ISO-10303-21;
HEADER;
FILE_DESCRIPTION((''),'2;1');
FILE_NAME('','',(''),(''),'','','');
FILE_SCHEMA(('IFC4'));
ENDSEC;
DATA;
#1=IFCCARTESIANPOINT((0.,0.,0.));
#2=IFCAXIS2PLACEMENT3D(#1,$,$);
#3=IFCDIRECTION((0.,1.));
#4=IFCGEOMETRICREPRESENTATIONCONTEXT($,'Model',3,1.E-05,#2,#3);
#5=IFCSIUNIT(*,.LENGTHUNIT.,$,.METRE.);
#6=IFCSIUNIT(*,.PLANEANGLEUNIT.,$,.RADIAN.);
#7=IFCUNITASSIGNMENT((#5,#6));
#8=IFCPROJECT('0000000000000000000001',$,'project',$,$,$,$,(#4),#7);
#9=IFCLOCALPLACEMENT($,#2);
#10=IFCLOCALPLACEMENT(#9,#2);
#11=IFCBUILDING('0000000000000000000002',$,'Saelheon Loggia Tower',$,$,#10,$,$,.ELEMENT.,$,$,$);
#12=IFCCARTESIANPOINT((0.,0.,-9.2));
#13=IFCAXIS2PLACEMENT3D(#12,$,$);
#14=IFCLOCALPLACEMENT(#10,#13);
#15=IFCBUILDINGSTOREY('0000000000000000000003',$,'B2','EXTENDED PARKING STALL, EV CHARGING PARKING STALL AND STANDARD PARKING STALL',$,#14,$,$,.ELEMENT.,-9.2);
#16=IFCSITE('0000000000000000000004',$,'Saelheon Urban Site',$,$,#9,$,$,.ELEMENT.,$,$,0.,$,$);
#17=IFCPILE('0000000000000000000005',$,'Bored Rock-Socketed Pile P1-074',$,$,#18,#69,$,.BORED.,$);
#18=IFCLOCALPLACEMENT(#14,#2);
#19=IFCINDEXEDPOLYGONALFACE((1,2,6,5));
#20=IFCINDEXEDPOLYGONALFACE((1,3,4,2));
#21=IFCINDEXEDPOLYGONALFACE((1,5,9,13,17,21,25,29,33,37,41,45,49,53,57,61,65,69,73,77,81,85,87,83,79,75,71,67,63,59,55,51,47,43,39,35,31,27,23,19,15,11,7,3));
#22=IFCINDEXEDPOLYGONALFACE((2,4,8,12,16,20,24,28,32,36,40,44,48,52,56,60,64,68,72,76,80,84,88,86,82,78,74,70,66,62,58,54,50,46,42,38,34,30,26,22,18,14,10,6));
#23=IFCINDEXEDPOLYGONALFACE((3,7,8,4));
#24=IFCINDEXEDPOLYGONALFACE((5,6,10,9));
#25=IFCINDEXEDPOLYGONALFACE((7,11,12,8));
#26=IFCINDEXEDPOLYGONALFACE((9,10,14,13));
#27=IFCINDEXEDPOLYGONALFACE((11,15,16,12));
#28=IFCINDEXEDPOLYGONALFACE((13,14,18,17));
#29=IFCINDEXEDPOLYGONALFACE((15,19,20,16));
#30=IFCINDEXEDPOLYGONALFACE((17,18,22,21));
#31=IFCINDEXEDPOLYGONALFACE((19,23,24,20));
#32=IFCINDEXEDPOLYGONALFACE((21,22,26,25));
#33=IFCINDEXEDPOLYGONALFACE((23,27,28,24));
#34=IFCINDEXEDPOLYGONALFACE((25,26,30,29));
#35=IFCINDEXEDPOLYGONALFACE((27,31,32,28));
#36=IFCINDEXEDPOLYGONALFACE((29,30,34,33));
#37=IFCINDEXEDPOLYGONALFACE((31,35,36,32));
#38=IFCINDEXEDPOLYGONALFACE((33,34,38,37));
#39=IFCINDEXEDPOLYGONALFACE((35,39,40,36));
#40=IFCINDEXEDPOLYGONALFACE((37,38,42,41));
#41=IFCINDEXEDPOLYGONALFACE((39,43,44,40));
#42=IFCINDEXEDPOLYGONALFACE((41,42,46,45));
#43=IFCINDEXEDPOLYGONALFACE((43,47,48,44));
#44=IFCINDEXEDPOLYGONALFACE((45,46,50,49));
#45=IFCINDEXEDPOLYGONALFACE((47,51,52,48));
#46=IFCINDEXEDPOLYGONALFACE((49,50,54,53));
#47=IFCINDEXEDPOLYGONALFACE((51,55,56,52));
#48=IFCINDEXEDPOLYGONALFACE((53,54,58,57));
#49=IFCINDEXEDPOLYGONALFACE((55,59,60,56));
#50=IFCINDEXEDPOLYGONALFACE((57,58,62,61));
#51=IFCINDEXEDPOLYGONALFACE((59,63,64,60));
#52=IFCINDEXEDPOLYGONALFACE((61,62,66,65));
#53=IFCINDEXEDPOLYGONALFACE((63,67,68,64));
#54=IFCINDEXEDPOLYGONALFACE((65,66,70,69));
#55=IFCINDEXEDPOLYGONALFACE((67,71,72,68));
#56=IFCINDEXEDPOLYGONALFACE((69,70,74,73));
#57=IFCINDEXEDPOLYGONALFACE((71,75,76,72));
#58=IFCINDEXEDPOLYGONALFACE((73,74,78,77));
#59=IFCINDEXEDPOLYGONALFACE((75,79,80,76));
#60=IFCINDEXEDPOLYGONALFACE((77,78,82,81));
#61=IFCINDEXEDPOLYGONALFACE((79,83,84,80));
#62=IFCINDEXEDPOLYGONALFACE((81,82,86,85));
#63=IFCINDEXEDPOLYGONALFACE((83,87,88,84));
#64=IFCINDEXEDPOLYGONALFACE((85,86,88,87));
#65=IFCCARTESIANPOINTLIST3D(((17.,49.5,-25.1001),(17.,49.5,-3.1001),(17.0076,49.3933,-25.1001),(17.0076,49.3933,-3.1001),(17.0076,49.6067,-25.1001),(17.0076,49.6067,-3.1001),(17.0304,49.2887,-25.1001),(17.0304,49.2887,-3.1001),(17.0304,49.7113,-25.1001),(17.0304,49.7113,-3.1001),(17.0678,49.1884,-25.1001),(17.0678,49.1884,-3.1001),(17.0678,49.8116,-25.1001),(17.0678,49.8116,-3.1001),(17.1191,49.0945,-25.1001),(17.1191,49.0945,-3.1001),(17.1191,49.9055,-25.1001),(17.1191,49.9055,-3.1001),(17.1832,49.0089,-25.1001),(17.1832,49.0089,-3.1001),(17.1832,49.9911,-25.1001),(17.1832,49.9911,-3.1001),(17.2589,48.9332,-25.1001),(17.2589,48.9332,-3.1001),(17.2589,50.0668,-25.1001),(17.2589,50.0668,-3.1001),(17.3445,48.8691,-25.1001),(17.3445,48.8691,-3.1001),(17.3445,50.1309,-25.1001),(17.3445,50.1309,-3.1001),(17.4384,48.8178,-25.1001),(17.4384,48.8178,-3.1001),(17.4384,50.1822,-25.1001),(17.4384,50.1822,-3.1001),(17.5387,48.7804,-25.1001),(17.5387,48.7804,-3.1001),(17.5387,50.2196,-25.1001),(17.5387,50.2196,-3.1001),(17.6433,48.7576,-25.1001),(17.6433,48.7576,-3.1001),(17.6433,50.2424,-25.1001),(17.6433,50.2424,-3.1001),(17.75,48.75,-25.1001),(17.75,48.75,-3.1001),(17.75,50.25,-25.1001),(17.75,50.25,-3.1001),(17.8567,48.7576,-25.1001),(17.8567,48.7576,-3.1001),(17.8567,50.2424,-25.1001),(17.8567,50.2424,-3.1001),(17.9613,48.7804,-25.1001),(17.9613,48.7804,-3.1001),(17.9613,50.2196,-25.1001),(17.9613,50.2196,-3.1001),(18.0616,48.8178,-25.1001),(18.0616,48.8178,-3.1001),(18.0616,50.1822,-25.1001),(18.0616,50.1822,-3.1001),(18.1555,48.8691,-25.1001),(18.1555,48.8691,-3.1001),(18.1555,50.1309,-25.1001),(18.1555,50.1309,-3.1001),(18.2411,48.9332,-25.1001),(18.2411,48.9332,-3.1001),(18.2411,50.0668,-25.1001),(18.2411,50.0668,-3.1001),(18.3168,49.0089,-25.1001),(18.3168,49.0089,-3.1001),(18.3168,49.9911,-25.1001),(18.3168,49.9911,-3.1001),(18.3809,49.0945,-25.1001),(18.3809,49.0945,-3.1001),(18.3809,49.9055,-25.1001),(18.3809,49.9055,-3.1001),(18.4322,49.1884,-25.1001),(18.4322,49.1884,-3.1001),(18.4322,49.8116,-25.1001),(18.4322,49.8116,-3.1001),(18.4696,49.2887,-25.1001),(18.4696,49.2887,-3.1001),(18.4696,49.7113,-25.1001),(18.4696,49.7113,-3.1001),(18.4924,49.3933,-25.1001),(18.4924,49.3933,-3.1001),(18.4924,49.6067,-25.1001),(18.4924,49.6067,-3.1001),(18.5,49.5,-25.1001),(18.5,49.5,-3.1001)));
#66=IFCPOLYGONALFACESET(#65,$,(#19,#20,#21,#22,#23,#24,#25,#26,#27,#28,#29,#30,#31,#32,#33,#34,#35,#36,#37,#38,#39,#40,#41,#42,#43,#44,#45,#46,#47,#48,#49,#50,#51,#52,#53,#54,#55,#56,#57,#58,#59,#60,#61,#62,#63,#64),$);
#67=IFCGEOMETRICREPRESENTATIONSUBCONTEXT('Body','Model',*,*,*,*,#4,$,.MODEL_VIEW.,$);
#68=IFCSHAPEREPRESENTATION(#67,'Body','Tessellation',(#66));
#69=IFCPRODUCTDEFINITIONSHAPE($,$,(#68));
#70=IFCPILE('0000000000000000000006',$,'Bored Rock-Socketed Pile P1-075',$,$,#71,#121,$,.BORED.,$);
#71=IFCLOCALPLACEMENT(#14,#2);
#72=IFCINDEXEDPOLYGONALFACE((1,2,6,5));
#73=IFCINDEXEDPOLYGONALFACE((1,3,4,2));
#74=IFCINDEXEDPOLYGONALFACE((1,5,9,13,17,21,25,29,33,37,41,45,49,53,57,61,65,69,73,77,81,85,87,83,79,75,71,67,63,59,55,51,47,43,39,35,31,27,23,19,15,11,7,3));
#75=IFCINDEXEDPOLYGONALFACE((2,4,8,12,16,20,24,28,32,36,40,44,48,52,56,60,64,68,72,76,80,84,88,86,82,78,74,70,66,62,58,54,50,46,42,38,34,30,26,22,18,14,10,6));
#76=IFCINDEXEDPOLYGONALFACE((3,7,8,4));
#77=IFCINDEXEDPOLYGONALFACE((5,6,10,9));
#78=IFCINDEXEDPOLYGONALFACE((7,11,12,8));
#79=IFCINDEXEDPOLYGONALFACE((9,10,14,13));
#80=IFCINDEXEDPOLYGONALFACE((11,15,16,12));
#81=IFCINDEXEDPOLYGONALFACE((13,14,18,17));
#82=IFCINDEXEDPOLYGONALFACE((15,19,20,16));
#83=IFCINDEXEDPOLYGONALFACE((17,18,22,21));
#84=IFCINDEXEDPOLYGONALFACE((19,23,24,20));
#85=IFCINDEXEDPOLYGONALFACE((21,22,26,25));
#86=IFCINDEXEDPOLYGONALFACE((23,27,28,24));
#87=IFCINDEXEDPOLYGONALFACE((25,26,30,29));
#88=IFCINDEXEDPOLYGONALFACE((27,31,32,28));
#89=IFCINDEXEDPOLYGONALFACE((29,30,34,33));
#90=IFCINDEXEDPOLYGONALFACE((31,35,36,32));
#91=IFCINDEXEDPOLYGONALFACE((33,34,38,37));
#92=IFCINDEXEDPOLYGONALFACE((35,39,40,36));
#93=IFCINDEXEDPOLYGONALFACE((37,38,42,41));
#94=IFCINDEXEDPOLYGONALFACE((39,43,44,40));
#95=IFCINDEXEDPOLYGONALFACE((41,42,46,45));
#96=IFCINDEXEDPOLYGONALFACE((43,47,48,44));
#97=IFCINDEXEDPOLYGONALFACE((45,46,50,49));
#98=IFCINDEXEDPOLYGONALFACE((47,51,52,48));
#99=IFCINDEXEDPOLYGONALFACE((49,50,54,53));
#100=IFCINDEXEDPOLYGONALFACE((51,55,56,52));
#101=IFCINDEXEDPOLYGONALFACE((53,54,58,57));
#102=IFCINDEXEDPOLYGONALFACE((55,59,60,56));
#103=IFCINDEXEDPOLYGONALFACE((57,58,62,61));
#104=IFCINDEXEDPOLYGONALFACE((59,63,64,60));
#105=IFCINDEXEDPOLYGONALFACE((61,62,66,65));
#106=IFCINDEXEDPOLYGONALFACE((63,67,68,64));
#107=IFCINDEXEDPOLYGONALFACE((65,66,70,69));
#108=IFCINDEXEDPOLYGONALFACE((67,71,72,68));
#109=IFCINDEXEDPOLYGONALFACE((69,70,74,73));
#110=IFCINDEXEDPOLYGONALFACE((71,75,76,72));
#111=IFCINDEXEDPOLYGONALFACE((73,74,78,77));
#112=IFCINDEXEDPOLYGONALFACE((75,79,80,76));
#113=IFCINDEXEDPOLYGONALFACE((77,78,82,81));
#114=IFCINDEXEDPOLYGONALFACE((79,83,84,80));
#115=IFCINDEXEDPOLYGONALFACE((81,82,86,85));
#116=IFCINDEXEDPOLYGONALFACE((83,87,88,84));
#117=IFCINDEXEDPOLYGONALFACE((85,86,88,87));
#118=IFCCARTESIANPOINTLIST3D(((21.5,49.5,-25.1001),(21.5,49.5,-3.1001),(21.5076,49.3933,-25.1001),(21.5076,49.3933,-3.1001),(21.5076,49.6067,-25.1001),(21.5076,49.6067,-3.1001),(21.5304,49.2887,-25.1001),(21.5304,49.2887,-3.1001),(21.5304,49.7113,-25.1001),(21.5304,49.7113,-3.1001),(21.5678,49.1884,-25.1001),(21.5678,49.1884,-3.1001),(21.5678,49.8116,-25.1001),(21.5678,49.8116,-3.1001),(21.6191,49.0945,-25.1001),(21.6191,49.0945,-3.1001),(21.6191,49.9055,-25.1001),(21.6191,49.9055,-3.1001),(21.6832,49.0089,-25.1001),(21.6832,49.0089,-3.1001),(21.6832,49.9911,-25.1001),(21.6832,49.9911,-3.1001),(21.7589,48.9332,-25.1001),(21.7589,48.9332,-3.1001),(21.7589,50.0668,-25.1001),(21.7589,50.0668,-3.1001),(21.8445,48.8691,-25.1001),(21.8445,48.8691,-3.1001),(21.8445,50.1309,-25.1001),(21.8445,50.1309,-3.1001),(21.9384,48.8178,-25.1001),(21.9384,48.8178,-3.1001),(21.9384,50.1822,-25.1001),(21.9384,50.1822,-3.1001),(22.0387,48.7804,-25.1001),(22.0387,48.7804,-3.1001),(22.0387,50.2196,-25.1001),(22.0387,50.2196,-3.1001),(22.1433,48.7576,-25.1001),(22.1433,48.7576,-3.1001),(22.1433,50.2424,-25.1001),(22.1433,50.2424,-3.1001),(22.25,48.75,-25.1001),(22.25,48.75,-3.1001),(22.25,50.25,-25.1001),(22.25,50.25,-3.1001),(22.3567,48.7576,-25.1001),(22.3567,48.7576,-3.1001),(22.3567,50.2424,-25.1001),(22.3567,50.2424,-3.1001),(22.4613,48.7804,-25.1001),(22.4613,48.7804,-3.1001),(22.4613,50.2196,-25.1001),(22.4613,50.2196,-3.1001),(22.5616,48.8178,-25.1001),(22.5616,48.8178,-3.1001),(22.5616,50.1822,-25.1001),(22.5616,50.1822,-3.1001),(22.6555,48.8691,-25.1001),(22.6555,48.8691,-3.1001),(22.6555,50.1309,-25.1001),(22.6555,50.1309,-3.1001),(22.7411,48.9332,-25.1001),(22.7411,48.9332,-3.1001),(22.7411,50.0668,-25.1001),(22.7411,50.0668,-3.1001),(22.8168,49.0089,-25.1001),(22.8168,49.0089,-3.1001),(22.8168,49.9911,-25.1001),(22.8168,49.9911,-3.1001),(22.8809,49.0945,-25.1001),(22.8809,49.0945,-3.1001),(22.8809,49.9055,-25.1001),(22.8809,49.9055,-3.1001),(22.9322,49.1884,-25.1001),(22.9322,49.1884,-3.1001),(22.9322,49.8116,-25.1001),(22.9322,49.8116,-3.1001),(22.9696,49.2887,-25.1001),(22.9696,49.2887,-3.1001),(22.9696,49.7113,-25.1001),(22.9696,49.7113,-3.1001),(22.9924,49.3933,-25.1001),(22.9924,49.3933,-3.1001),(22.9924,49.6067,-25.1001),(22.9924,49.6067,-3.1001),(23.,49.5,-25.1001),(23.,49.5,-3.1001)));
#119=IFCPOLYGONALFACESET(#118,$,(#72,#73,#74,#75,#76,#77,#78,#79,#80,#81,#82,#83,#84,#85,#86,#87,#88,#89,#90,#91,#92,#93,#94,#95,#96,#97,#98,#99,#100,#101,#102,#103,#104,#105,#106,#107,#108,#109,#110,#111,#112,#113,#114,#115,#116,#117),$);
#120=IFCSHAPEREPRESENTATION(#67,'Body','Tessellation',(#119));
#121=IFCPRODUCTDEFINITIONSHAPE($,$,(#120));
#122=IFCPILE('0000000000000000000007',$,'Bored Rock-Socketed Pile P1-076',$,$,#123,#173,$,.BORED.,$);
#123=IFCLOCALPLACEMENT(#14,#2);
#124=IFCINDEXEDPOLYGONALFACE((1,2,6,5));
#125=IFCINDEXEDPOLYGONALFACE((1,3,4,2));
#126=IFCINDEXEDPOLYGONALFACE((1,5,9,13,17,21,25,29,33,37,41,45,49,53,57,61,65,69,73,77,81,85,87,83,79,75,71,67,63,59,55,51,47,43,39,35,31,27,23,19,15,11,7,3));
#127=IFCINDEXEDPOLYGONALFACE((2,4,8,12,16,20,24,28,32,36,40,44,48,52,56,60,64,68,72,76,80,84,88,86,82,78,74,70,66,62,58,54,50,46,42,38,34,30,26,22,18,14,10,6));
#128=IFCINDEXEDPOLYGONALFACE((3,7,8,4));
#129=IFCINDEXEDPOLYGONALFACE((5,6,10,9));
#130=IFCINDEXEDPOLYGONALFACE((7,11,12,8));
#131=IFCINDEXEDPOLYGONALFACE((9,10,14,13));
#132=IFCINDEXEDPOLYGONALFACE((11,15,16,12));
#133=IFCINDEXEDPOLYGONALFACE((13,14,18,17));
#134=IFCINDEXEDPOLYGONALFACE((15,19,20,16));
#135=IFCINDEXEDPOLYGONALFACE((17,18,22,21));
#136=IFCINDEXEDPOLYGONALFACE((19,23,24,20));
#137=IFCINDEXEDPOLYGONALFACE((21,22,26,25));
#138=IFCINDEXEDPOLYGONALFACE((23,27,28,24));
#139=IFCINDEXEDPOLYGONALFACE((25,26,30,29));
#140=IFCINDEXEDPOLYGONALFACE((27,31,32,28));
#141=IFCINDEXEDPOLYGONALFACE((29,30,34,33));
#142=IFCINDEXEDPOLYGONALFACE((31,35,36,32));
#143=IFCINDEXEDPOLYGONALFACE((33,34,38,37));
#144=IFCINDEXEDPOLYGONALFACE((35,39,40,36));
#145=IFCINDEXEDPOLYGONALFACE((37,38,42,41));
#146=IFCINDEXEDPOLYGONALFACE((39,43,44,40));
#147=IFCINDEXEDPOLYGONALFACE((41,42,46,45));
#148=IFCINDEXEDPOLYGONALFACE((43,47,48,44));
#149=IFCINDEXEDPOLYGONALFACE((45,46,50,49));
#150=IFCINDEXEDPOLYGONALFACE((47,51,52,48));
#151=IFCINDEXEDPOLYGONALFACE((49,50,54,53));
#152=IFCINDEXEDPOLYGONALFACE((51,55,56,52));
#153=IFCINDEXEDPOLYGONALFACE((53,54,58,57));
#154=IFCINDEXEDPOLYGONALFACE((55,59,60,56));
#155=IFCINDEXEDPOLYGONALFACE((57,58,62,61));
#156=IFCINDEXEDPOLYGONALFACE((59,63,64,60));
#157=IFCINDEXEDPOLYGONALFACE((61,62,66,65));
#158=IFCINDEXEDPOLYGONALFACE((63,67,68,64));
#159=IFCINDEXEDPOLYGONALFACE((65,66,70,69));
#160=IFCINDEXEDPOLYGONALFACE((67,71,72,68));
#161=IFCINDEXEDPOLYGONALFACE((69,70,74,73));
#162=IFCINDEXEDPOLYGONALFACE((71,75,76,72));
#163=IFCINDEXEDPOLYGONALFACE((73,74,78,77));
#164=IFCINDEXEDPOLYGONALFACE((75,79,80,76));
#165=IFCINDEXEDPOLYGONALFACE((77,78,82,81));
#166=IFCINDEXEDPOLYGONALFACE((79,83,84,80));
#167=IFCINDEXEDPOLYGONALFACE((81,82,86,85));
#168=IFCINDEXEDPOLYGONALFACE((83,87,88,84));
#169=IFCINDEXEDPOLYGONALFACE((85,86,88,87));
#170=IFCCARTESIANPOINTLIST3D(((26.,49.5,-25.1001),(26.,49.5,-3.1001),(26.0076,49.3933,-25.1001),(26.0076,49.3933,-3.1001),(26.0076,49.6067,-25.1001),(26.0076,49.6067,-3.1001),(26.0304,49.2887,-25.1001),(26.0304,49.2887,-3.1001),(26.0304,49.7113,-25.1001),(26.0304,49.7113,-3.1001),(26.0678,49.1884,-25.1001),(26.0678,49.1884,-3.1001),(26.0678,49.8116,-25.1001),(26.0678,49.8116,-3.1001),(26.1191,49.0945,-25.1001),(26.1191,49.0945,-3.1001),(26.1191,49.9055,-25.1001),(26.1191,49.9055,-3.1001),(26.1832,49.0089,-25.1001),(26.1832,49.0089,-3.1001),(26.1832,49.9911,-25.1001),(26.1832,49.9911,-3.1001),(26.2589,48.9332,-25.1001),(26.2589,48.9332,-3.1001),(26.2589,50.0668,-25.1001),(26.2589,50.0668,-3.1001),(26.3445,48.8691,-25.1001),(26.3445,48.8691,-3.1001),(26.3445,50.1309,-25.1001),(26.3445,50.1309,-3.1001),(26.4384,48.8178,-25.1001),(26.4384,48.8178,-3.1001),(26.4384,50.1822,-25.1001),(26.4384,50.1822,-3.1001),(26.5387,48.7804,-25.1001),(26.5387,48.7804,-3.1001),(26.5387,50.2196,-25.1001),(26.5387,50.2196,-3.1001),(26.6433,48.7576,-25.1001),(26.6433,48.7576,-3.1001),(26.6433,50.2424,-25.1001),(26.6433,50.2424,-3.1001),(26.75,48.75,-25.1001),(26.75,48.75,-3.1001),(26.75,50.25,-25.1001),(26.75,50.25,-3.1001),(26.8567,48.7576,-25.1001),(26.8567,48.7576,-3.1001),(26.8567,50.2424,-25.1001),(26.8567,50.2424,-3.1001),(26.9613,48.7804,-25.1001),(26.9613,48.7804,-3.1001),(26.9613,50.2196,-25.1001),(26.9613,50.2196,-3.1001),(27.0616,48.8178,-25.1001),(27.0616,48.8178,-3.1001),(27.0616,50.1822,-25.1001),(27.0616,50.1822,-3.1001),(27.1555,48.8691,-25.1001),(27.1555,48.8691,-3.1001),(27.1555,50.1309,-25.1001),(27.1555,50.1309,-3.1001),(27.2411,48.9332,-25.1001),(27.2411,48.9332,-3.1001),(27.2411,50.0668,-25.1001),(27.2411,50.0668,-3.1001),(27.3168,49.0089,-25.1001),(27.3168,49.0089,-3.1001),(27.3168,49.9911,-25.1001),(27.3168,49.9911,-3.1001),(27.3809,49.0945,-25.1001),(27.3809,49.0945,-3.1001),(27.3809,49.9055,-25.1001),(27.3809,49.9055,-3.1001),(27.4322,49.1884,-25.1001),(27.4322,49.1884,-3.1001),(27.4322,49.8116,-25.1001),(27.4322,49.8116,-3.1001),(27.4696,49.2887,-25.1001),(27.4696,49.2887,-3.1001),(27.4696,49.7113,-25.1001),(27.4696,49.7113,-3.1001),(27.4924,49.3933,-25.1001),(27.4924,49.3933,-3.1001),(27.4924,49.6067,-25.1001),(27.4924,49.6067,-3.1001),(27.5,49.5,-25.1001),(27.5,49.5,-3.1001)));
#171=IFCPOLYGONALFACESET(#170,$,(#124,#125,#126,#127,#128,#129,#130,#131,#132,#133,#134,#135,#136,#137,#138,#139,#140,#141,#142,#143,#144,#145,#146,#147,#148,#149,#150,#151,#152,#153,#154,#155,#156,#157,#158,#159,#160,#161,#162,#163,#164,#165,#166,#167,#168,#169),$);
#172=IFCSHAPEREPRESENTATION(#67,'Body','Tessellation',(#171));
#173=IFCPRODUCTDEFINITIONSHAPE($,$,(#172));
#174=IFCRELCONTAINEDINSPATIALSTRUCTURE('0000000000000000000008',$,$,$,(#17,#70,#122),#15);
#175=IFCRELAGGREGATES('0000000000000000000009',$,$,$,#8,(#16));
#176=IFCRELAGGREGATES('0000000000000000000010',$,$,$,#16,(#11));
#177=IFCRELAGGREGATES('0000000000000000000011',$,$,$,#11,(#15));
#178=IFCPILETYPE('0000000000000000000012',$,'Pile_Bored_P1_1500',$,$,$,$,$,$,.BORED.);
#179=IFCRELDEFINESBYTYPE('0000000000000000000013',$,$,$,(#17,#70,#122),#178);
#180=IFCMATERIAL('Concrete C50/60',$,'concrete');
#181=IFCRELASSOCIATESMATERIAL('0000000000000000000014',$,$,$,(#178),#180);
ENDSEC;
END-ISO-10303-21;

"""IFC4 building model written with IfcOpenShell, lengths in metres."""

from ifc_helpers import new_model, si_unit, direction, frame, origin, origin_2d, place, context, subcontext, project, spatial, circle, extrude, source, transform, mapped, material, material_profile, profile_set, type_object, element, save


model = new_model("IFC4")

# Units and contexts
model_context = context("Model", 3, precision=1e-05, world=origin(), true_north=direction((0.0, 1.0)))
body_context = subcontext(model_context, "Body", "Model", "MODEL_VIEW")
ifc_project = project(units=[si_unit("LENGTHUNIT", "METRE"), si_unit("PLANEANGLEUNIT", "RADIAN")], contexts=[model_context])

# Site, building, storey
site_placement = place(None, origin())
site = spatial("IfcSite", under=ifc_project, at=site_placement, Name="Saelheon Urban Site", CompositionType="ELEMENT", RefElevation=0.0)
building_placement = place(site_placement, origin())
building = spatial("IfcBuilding", under=site, at=building_placement, Name="Saelheon Loggia Tower", CompositionType="ELEMENT")
storey_placement = place(building_placement, frame((0.0, 0.0, -9.2)))
storey = spatial("IfcBuildingStorey", under=building, at=storey_placement, Name="B2", Description="EXTENDED PARKING STALL, EV CHARGING PARKING STALL AND STANDARD PARKING STALL", CompositionType="ELEMENT", Elevation=-9.2)

# Piles
ifc_material_1 = material(Name="Concrete C50/60", Category="concrete")
ifc_material_profile_1 = material_profile(ifc_material_1, circle(Radius=0.75, at=origin_2d()), Name="CIRC-1500")
ifc_profile_set_1 = profile_set([ifc_material_profile_1], Name="Concrete C50/60")
pile_type = type_object("IfcPileType", Name="Pile_Bored_P1_1500", PredefinedType="BORED", material=ifc_profile_set_1)
shared_shape_1 = source(origin(), body_context, "Body", "SweptSolid", [
    extrude(circle(Radius=0.75, at=origin_2d()), origin(), (0.0, 0.0, 1.0), 22.0),
])
for number, where, z_axis, x_axis, name in (
    (1, (17.75, 49.5, -3.1001), (0.0, 0.0, -1.0), (1.0, 0.0, 0.0), "Bored Rock-Socketed Pile P1-074"),
    (2, (22.25, 49.5, -3.1001), (0.0, 0.0, -1.0), (1.0, 0.0, 0.0), "Bored Rock-Socketed Pile P1-075"),
    (3, (26.75, 49.5, -3.1001), (0.0, 0.0, -1.0), (1.0, 0.0, 0.0), "Bored Rock-Socketed Pile P1-076"),
):
    element("IfcPile", number, at=place(storey_placement, frame(where, z_axis=z_axis, x_axis=x_axis)), inside=storey, type_object=pile_type, Name=name, PredefinedType="BORED", context=body_context, shape_type="MappedRepresentation", body=[
        mapped(shared_shape_1, transform((0.0, 0.0, 0.0), scale=1.0)),
    ])

save(model, "model.ifc")
